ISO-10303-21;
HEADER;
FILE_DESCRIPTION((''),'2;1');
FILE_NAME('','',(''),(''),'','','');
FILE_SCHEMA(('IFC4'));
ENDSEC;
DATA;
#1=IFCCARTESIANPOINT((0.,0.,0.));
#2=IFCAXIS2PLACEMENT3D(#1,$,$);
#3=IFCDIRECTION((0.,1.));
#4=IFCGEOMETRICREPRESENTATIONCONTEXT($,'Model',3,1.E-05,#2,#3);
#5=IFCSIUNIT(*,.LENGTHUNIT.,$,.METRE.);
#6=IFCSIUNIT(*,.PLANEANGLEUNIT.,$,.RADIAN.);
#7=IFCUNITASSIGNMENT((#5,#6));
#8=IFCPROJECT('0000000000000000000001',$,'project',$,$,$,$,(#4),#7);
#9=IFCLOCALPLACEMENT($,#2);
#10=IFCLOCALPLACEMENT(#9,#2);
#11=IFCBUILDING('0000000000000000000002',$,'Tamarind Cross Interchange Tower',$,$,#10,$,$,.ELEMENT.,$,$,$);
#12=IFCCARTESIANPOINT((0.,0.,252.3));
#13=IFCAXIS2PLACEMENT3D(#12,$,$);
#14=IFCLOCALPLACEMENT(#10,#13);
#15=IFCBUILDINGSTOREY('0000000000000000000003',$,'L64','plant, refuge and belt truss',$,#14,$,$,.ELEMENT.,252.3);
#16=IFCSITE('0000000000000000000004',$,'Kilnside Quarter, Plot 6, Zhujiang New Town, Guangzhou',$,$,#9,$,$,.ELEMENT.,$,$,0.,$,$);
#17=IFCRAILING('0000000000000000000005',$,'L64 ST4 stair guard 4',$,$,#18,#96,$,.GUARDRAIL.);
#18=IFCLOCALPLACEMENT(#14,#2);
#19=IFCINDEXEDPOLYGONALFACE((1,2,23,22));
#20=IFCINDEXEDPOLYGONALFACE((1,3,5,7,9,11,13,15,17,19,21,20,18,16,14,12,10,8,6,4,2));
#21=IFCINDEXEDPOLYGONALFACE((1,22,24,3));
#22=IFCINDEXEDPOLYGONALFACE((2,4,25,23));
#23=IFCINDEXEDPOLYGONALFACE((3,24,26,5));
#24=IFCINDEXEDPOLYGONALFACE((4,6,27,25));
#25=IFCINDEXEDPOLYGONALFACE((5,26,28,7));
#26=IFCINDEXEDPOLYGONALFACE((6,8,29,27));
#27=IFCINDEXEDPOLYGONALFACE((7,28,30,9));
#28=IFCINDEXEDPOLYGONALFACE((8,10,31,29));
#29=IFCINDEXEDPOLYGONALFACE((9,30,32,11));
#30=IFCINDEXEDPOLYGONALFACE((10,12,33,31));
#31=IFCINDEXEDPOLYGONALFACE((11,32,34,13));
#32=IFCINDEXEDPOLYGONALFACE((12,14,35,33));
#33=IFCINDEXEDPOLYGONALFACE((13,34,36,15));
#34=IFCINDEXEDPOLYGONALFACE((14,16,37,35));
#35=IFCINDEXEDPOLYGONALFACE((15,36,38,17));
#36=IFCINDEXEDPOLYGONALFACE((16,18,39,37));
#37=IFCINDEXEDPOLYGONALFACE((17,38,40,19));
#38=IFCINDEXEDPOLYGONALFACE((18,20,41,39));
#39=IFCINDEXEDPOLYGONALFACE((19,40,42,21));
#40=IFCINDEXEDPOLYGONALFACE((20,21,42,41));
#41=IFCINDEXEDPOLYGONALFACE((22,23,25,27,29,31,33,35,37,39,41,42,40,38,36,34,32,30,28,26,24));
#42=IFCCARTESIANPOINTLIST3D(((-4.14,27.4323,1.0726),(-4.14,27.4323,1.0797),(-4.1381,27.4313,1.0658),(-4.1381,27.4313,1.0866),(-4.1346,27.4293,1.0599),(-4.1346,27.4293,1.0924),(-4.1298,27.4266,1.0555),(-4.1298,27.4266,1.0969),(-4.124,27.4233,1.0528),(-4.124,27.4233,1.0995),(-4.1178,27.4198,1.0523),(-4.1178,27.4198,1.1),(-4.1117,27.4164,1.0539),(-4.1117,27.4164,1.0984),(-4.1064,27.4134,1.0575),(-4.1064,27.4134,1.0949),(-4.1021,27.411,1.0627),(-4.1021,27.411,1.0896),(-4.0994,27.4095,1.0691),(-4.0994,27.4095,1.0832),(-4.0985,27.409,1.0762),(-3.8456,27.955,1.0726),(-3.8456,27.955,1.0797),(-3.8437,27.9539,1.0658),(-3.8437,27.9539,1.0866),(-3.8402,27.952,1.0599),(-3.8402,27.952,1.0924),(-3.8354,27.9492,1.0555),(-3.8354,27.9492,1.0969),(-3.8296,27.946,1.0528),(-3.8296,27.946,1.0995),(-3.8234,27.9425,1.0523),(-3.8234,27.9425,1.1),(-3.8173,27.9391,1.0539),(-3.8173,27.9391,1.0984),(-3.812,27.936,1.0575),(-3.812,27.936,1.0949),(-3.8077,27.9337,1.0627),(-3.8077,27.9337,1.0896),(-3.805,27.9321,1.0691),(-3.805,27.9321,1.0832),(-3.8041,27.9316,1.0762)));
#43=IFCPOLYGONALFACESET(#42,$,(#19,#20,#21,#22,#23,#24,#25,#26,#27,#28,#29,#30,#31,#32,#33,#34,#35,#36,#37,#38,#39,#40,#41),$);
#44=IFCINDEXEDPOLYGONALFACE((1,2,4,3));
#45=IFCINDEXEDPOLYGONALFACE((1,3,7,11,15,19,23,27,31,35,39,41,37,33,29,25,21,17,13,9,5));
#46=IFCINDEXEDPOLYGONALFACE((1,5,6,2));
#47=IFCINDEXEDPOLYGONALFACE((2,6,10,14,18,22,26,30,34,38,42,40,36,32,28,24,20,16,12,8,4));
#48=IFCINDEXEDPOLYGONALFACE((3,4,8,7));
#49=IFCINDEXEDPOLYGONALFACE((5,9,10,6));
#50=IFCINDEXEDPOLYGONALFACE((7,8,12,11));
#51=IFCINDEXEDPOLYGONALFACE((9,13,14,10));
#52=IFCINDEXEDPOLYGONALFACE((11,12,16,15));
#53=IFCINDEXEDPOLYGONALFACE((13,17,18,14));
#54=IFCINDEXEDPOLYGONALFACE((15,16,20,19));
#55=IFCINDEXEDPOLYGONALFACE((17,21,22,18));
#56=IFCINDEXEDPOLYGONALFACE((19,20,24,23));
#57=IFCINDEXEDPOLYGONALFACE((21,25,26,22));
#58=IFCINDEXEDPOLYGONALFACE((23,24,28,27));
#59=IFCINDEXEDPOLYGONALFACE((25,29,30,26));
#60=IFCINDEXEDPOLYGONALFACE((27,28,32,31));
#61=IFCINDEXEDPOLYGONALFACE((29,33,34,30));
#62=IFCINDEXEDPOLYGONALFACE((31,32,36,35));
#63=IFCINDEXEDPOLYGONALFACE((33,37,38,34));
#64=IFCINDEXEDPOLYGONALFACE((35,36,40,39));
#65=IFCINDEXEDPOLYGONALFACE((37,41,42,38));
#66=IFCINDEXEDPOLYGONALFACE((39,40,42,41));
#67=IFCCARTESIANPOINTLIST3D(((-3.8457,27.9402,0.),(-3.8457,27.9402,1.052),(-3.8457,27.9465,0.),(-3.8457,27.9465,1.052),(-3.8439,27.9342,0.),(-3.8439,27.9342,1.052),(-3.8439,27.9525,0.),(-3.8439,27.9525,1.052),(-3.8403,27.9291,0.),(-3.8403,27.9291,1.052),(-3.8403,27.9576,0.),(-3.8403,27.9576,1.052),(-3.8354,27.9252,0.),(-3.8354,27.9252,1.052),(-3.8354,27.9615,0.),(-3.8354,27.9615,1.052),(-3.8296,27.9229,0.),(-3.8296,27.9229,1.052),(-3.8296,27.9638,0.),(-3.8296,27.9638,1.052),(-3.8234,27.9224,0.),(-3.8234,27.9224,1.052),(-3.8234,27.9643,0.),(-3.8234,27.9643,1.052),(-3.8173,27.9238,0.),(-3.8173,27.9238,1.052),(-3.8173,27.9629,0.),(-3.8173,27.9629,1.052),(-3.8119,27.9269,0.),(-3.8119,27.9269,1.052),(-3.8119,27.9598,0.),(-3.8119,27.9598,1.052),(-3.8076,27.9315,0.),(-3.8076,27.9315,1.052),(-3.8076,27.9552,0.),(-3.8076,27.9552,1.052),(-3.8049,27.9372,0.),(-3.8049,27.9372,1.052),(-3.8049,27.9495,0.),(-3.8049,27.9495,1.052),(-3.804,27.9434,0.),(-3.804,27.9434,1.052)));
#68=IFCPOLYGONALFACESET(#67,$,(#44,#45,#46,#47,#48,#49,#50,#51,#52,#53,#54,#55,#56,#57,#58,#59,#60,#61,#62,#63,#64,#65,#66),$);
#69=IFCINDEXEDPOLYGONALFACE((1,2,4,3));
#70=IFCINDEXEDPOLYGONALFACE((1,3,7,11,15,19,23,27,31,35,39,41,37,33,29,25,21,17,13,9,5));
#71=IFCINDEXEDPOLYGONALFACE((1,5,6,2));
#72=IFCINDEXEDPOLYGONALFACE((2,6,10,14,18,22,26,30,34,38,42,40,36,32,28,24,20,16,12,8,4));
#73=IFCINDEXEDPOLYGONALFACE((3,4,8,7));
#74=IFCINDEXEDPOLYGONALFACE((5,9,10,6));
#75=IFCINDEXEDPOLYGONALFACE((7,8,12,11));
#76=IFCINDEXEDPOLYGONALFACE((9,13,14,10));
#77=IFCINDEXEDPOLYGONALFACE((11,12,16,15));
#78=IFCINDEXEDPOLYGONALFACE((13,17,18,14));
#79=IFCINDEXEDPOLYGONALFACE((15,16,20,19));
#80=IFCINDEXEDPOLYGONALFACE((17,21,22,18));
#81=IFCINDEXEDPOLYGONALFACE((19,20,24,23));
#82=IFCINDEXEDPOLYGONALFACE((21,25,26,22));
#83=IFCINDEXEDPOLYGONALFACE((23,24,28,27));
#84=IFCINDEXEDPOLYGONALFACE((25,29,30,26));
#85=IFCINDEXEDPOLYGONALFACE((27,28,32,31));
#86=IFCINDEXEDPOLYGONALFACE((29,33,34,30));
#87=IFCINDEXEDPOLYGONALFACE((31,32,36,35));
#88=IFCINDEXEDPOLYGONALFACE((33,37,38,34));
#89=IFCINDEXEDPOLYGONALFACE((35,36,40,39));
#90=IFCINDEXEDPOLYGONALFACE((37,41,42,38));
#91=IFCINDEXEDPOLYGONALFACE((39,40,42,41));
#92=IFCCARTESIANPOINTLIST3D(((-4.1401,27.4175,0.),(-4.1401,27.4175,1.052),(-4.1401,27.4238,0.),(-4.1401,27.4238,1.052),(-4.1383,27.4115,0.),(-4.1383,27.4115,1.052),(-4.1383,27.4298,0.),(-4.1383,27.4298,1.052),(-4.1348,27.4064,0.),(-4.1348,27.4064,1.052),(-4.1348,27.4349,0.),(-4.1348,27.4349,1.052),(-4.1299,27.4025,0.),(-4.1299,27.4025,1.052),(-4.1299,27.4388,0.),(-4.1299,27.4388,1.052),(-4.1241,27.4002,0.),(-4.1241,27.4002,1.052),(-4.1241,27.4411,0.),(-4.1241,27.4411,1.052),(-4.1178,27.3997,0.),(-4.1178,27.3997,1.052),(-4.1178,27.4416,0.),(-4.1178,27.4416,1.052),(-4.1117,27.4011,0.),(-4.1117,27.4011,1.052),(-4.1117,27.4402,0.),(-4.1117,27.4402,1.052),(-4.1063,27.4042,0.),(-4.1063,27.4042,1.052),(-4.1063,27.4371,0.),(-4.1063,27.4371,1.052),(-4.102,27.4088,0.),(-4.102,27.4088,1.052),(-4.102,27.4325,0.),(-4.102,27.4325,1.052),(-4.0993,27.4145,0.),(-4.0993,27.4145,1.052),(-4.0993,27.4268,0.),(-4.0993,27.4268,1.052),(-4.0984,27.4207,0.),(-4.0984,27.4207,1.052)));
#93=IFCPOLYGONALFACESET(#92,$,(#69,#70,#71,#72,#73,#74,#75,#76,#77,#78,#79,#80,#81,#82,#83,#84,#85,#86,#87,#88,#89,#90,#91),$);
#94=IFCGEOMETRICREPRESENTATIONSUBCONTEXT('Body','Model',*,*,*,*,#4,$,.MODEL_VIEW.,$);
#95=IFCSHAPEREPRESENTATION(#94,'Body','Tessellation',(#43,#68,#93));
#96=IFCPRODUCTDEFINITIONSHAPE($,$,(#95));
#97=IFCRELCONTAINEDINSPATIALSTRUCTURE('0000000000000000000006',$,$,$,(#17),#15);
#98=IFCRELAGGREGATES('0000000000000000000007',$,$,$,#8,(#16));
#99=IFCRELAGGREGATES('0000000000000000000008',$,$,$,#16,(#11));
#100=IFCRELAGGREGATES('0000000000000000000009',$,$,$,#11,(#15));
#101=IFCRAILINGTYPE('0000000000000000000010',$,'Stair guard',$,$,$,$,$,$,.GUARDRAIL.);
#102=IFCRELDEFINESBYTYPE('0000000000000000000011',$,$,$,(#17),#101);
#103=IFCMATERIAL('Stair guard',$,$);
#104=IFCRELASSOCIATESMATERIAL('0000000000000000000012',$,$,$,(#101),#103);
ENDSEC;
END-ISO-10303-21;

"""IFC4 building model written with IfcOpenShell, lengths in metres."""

from ifc_helpers import new_model, si_unit, direction, frame, origin, origin_2d, place, context, subcontext, project, spatial, circle, extrude, material, type_object, element, save


model = new_model("IFC4")

# Units and contexts
model_context = context("Model", 3, precision=1e-05, world=origin(), true_north=direction((0.0, 1.0)))
body_context = subcontext(model_context, "Body", "Model", "MODEL_VIEW")
ifc_project = project(units=[si_unit("LENGTHUNIT", "METRE"), si_unit("PLANEANGLEUNIT", "RADIAN")], contexts=[model_context])

# Site, building, storey
site_placement = place(None, origin())
site = spatial("IfcSite", under=ifc_project, at=site_placement, Name="Kilnside Quarter, Plot 6, Zhujiang New Town, Guangzhou", CompositionType="ELEMENT", RefElevation=0.0)
building_placement = place(site_placement, origin())
building = spatial("IfcBuilding", under=site, at=building_placement, Name="Tamarind Cross Interchange Tower", CompositionType="ELEMENT")
storey_placement = place(building_placement, frame((0.0, 0.0, 252.3)))
storey = spatial("IfcBuildingStorey", under=building, at=storey_placement, Name="L64", Description="plant, refuge and belt truss", CompositionType="ELEMENT", Elevation=252.3)

# Railing
ifc_material_1 = material(Name="Stair guard")
railing_type_1 = type_object("IfcRailingType", Name="Stair guard", PredefinedType="GUARDRAIL", material=ifc_material_1)
railing_1_placement = place(storey_placement, frame((-3.825, 27.9434, 0.0)))
element("IfcRailing", 1, at=railing_1_placement, inside=storey, type_object=railing_type_1, Name="L64 ST4 stair guard 4", PredefinedType="GUARDRAIL", context=body_context, shape_type="SweptSolid", body=[
    extrude(circle(Radius=0.0239, at=origin_2d()), frame((0.0, 0.0, 1.0762), z_axis=(-0.490783, -0.871282, 0.0), x_axis=(0.871282, -0.490783, 0.0)), (0.0, 0.0, 1.0), 0.5999),
    extrude(circle(Radius=0.021, at=origin_2d()), origin(), (0.0, 0.0, 1.0), 1.052),
    extrude(circle(Radius=0.021, at=origin_2d()), frame((-0.2944, -0.5227, 0.0)), (0.0, 0.0, 1.0), 1.052),
])

save(model, "model.ifc")
